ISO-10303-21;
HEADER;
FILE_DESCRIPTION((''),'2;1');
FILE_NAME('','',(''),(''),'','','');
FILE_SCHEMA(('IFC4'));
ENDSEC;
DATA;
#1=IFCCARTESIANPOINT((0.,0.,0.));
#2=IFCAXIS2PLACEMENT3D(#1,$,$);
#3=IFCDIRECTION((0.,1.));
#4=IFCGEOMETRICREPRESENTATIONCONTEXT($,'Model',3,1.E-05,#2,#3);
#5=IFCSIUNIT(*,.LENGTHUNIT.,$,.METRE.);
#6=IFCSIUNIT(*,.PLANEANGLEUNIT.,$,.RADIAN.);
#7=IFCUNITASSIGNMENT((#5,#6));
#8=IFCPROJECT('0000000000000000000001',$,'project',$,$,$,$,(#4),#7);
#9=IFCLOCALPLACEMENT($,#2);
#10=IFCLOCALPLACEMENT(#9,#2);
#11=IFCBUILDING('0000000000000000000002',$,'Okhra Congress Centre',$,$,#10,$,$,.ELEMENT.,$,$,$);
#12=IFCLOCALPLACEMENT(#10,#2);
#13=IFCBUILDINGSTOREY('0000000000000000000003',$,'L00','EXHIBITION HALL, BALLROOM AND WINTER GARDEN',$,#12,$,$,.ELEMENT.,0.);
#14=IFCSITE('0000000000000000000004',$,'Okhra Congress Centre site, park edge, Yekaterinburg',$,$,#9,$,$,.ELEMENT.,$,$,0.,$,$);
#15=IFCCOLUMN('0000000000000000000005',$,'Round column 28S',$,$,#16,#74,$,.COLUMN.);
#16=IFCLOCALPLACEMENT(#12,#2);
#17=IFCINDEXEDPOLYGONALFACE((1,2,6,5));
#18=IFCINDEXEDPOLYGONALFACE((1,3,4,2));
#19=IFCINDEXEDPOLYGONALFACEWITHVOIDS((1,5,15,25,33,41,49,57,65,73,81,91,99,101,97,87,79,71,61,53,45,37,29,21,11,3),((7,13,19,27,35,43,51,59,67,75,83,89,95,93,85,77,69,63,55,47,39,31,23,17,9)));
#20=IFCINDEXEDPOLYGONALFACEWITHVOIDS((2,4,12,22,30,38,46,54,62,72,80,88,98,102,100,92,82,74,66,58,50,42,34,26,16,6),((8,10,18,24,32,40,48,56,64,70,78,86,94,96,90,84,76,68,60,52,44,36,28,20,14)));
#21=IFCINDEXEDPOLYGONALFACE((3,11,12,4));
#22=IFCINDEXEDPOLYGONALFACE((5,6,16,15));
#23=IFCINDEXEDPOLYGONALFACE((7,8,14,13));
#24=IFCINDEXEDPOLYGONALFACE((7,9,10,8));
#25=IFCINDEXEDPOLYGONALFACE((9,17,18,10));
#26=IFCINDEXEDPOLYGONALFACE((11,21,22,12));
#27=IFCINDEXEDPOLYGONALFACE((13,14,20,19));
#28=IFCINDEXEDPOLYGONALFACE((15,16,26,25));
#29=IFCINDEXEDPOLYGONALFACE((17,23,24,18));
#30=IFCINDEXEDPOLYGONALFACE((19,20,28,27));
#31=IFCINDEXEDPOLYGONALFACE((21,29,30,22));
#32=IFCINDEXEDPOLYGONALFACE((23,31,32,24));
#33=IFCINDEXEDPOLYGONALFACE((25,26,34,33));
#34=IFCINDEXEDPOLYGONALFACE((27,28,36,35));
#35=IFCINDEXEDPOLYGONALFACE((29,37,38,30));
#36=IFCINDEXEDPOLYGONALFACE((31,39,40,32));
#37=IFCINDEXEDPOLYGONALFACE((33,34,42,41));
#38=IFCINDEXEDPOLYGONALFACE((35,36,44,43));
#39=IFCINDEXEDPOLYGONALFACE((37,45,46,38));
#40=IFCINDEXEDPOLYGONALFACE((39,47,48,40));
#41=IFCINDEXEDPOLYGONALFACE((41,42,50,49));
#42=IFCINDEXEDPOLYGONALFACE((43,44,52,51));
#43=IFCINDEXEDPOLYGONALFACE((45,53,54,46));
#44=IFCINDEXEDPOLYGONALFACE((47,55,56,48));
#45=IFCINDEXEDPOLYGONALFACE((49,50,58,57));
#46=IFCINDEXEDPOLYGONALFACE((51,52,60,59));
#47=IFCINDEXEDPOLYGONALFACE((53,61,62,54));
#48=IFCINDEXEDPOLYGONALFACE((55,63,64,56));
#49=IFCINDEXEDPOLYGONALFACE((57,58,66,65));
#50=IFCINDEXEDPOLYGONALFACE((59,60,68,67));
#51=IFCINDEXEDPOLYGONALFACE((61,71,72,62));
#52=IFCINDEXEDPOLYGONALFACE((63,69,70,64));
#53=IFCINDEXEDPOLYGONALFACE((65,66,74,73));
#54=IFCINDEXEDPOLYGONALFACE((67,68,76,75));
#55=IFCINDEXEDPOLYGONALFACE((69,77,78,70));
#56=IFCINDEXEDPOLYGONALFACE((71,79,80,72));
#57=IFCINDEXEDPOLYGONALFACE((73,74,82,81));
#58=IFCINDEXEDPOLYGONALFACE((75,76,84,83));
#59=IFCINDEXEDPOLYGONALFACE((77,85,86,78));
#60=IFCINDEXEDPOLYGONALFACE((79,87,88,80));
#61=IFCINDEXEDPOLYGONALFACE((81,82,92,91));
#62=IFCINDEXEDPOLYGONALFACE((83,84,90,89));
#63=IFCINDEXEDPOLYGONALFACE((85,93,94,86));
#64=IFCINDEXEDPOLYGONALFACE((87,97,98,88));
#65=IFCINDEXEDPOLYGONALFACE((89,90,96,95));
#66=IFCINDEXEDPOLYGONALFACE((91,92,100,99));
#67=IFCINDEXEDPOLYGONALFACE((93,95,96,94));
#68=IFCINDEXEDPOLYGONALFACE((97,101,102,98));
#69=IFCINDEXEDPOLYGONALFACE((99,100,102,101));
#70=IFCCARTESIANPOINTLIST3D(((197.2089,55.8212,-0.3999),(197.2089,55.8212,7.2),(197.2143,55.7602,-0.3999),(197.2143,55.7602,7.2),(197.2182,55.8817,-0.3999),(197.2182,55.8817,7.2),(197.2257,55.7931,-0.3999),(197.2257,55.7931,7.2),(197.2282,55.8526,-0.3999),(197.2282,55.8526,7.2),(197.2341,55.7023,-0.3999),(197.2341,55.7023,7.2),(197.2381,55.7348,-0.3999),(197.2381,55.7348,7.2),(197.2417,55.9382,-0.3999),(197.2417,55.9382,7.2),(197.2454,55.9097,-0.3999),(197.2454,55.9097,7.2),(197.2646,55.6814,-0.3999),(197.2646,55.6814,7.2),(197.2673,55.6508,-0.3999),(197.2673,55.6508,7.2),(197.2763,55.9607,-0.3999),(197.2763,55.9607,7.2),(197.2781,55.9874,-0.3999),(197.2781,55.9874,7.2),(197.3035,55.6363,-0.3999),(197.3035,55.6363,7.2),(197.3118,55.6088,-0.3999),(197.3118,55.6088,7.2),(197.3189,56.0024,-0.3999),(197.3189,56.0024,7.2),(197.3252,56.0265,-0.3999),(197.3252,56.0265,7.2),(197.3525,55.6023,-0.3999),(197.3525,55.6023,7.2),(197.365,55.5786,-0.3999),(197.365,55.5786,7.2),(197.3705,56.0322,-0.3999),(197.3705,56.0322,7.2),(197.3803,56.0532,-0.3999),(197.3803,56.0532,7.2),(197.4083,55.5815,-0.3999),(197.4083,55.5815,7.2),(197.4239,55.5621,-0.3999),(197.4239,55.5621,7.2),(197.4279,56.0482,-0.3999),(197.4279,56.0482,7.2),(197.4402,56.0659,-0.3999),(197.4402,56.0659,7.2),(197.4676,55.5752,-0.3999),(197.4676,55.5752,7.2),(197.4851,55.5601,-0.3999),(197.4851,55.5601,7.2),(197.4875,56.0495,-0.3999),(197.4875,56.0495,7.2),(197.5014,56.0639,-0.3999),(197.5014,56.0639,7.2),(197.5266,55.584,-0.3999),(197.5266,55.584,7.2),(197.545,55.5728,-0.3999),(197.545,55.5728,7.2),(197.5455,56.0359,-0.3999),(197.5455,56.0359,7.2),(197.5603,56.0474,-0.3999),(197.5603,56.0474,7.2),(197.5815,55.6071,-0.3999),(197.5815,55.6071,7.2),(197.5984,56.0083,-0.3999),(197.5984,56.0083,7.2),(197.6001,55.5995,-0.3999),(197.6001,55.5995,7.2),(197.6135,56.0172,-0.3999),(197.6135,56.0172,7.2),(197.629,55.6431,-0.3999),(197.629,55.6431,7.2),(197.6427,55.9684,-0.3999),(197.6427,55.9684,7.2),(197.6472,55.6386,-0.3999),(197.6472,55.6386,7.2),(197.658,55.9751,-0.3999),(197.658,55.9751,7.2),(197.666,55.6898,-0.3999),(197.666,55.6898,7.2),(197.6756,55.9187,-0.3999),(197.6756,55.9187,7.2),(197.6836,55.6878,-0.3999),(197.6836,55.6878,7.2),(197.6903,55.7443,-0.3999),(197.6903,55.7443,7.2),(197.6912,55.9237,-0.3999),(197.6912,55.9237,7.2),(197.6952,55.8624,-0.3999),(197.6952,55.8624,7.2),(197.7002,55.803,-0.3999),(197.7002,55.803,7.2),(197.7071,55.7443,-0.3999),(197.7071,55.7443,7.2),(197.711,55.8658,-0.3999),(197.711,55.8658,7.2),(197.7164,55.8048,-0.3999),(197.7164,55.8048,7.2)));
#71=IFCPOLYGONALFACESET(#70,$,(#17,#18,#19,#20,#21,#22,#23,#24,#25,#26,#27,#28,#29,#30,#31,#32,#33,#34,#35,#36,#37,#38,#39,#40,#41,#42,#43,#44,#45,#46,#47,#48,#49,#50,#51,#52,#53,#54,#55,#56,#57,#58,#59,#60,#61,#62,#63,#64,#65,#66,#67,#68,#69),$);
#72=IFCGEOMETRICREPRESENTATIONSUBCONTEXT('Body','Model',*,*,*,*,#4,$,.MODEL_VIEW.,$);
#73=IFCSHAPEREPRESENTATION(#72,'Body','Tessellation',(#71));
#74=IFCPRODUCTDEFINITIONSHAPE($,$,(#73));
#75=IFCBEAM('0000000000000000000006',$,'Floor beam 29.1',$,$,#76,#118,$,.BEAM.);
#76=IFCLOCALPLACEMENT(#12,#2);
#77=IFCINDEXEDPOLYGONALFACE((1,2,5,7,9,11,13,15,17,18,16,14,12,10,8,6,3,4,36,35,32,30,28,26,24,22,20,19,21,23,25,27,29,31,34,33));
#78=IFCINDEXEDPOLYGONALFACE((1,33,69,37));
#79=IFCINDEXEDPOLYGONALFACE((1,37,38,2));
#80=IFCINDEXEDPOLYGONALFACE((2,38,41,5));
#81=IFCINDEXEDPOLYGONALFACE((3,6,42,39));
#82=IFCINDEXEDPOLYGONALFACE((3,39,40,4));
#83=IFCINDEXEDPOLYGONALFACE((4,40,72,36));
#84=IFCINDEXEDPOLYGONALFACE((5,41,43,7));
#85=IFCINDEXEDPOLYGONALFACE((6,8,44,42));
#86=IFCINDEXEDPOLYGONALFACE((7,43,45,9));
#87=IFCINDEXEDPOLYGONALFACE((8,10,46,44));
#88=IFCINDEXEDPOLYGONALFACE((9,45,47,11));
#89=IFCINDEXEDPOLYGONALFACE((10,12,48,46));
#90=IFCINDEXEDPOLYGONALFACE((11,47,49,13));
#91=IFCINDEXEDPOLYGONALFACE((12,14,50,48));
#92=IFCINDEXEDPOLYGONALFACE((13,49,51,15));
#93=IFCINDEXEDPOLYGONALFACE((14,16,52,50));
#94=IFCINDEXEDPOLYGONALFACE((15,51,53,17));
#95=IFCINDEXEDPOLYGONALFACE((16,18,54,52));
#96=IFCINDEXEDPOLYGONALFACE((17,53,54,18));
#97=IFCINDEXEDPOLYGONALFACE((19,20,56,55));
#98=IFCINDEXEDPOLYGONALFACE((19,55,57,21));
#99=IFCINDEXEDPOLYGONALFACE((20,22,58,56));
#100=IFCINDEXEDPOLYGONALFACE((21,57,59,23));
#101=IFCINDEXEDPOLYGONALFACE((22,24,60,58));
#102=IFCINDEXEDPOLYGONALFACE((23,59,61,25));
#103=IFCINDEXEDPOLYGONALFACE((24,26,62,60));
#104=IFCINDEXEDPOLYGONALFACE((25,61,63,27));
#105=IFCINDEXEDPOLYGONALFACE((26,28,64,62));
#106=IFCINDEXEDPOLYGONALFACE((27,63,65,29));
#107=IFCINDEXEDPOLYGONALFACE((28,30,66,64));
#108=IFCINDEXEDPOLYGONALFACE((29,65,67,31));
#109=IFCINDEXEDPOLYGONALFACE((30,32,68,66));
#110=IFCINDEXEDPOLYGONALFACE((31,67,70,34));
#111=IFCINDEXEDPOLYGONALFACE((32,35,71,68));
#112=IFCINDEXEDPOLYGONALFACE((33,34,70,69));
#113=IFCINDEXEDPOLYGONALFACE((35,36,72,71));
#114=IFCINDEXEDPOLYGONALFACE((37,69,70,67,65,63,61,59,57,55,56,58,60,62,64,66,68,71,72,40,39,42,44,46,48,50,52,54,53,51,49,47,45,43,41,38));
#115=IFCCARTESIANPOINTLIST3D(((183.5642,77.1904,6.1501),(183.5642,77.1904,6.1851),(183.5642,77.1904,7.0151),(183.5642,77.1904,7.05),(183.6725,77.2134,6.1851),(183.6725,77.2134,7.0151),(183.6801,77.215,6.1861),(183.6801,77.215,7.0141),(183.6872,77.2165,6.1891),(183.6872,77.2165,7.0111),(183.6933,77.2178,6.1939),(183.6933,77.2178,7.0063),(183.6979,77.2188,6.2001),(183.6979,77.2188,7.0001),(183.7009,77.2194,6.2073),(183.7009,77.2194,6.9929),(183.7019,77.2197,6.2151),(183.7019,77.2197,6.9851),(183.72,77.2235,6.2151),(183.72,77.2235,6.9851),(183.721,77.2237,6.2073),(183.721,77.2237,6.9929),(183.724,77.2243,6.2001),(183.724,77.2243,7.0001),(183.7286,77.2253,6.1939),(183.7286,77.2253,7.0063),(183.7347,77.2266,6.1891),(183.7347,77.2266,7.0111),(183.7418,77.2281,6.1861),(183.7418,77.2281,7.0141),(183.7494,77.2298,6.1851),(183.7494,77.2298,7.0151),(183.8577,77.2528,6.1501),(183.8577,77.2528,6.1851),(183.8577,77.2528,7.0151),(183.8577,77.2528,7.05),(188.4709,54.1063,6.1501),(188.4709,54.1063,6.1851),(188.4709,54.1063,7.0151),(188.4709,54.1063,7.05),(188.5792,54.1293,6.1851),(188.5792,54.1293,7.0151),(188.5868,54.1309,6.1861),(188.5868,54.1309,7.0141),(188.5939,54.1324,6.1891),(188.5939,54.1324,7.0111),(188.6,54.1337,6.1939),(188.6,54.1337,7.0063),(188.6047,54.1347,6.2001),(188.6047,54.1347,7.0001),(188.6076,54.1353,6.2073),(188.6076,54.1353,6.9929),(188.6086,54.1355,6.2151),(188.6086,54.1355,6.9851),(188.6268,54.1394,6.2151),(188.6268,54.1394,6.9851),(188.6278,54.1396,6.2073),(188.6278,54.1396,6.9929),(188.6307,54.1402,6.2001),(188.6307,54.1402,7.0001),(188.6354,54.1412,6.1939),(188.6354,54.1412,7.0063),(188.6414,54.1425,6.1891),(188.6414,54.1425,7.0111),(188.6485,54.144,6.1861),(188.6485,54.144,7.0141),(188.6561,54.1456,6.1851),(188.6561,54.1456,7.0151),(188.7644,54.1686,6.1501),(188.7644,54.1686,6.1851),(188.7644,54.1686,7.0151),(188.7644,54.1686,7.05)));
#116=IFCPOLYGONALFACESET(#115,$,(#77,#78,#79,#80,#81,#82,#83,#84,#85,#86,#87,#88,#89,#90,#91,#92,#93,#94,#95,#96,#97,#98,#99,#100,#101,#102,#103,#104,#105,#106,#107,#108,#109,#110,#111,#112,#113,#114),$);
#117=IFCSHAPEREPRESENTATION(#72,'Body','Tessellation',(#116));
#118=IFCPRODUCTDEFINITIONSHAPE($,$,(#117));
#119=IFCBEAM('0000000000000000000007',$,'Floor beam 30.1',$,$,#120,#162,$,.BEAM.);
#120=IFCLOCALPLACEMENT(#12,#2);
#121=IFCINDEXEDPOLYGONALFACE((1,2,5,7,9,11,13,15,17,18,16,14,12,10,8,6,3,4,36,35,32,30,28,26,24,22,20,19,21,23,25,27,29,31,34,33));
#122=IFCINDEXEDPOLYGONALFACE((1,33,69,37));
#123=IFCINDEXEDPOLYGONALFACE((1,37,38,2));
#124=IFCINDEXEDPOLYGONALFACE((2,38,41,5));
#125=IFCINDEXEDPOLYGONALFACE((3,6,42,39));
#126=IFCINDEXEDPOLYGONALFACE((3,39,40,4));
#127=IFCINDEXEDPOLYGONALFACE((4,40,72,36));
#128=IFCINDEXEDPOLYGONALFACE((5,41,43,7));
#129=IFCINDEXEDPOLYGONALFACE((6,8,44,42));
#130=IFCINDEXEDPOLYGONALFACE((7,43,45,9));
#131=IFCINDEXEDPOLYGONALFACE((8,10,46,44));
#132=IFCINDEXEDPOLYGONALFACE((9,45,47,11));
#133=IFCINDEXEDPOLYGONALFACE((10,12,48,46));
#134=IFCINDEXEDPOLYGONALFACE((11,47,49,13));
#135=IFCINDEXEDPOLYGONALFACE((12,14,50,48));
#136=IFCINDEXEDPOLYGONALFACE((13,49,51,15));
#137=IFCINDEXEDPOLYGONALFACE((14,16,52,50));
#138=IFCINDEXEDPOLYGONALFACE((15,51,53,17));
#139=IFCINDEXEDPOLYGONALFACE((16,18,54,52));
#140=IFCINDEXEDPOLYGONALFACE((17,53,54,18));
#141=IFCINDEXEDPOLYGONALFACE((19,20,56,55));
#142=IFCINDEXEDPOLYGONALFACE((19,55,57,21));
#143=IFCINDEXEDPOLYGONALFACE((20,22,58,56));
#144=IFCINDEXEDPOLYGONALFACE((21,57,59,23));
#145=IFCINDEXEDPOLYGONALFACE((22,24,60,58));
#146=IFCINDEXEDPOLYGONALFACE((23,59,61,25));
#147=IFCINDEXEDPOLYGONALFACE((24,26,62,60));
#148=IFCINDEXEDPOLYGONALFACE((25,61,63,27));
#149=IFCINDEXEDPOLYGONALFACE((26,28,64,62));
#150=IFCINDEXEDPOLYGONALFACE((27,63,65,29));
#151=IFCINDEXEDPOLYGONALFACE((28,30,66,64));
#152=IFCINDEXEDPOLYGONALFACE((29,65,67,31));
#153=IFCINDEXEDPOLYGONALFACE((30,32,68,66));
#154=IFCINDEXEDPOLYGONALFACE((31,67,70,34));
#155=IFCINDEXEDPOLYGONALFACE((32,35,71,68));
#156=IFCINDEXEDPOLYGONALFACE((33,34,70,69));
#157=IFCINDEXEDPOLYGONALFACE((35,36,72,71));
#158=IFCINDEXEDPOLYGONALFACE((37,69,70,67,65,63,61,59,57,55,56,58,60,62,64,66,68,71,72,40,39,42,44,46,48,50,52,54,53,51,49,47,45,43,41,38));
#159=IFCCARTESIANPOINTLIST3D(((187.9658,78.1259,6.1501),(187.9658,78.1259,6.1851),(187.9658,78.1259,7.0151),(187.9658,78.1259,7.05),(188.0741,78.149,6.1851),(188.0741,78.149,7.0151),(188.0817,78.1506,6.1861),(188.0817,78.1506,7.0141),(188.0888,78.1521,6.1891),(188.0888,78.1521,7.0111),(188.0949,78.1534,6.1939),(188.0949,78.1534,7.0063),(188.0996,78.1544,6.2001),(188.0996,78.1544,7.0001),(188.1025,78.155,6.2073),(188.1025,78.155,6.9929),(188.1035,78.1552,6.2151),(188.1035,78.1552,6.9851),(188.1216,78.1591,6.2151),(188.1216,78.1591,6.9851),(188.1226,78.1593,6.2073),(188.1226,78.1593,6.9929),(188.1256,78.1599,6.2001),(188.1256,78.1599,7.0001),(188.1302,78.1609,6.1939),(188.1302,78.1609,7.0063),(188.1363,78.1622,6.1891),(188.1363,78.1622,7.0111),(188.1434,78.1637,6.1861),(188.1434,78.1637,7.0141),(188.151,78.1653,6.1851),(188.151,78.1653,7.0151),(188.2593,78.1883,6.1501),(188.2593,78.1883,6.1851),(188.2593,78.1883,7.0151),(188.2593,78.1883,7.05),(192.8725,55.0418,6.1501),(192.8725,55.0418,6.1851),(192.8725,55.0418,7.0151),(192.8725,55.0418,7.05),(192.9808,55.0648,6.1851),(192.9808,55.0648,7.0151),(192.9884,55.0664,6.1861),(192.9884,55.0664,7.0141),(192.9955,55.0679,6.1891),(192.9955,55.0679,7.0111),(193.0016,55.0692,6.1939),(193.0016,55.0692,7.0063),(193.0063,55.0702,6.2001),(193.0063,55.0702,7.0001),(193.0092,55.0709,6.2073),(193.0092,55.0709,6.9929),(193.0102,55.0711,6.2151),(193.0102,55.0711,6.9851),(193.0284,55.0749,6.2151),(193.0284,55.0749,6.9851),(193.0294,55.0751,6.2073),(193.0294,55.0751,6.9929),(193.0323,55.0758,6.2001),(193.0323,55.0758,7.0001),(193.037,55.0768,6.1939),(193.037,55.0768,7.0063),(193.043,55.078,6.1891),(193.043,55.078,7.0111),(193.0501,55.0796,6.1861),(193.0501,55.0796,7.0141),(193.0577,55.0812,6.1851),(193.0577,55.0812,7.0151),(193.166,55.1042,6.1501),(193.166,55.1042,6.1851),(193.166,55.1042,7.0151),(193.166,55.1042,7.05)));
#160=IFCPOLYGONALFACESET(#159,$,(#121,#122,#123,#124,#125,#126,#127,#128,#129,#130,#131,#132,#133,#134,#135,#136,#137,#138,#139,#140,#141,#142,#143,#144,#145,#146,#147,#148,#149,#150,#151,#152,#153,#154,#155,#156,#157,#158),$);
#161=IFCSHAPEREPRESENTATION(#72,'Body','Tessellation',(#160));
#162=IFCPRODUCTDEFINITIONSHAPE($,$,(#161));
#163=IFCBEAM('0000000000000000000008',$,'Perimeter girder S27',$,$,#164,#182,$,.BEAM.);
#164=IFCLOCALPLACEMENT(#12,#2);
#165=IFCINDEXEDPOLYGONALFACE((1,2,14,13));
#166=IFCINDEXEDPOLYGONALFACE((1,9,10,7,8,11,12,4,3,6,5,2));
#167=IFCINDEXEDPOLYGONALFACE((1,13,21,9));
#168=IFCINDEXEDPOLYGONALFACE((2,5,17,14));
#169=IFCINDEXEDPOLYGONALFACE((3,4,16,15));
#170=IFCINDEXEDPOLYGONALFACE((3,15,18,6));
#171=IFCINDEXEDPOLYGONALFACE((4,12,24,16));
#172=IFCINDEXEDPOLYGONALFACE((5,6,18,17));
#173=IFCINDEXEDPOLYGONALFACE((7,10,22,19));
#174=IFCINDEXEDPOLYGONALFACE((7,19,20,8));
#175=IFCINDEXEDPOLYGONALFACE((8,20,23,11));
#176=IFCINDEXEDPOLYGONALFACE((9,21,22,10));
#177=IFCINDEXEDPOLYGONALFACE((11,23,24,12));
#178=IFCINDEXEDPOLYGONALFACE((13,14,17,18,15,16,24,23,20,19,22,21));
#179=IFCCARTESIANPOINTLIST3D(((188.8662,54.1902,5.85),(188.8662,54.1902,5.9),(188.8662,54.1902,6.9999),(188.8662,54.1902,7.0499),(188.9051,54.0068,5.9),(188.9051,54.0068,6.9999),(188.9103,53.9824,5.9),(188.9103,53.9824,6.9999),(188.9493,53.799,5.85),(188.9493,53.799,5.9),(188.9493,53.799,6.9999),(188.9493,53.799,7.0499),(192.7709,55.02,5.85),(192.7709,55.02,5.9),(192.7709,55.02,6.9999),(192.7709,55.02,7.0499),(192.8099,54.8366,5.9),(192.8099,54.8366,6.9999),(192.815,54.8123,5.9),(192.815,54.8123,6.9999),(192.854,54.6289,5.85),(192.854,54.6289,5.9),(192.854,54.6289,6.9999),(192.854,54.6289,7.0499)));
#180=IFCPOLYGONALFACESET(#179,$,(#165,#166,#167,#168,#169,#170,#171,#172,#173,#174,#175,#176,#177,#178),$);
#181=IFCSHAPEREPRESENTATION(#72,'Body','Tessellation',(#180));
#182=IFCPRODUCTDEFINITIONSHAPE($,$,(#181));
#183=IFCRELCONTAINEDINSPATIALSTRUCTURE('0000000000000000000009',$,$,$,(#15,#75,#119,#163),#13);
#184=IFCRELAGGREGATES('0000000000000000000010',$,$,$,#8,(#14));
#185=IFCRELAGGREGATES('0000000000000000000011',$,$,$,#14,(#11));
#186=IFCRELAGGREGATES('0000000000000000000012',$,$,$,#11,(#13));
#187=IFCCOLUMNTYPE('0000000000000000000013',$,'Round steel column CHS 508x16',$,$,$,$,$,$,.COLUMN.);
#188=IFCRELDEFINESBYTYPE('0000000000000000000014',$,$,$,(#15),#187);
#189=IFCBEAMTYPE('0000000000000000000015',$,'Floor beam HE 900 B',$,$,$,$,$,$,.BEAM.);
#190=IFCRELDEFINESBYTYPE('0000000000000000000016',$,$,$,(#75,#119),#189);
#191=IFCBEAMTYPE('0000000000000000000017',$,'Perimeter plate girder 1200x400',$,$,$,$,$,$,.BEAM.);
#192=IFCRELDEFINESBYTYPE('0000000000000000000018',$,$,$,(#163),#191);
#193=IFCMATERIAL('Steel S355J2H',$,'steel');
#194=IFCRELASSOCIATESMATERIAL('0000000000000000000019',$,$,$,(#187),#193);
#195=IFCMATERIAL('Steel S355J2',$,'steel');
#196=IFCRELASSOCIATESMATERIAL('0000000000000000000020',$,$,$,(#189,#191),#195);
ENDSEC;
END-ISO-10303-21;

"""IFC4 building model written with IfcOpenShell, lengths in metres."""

from ifc_helpers import new_model, si_unit, direction, frame, origin, origin_2d, place, context, subcontext, project, spatial, hollow_circle, i_section, extrude, material, material_profile, profile_set, type_object, element, save


model = new_model("IFC4")

# Units and contexts
model_context = context("Model", 3, precision=1e-05, world=origin(), true_north=direction((0.0, 1.0)))
body_context = subcontext(model_context, "Body", "Model", "MODEL_VIEW")
ifc_project = project(units=[si_unit("LENGTHUNIT", "METRE"), si_unit("PLANEANGLEUNIT", "RADIAN")], contexts=[model_context])

# Site, building, storey
site_placement = place(None, origin())
site = spatial("IfcSite", under=ifc_project, at=site_placement, Name="Okhra Congress Centre site, park edge, Yekaterinburg", CompositionType="ELEMENT", RefElevation=0.0)
building_placement = place(site_placement, origin())
building = spatial("IfcBuilding", under=site, at=building_placement, Name="Okhra Congress Centre", CompositionType="ELEMENT")
storey_placement = place(building_placement, origin())
storey = spatial("IfcBuildingStorey", under=building, at=storey_placement, Name="L00", Description="EXHIBITION HALL, BALLROOM AND WINTER GARDEN", CompositionType="ELEMENT", Elevation=0.0)

# Column
ifc_material_1 = material(Name="Steel S355J2H", Category="steel")
ifc_material_profile_1 = material_profile(ifc_material_1, hollow_circle(Radius=0.2539, WallThickness=0.0161, at=origin_2d()), Name="CHS 508x16")
ifc_profile_set_1 = profile_set([ifc_material_profile_1], Name="Steel S355J2H")
column_type = type_object("IfcColumnType", Name="Round steel column CHS 508x16", PredefinedType="COLUMN", material=ifc_profile_set_1)
for number, where, z_axis, x_axis, name in (
    (1, (197.4626, 55.813, -0.3999), (0.0, 0.0, 1.0), (0.978148, 0.207912, 0.0), "Round column 28S"),
):
    element("IfcColumn", number, at=place(storey_placement, frame(where, z_axis=z_axis, x_axis=x_axis)), inside=storey, type_object=column_type, Name=name, PredefinedType="COLUMN", context=body_context, shape_type="SweptSolid", body=[
        extrude(hollow_circle(Radius=0.2539, WallThickness=0.0161, at=origin_2d()), origin(), (0.0, 0.0, 1.0), 7.5999),
    ])

# Beams
ifc_material_2 = material(Name="Steel S355J2", Category="steel")
ifc_material_profile_2 = material_profile(ifc_material_2, i_section(OverallWidth=0.3, OverallDepth=0.8999, WebThickness=0.0186, FlangeThickness=0.0349, FilletRadius=0.03, at=origin_2d()), Name="HE 900 B")
ifc_profile_set_2 = profile_set([ifc_material_profile_2], Name="Steel S355J2")
beam_type_1 = type_object("IfcBeamType", Name="Floor beam HE 900 B", PredefinedType="BEAM", material=ifc_profile_set_2)
for number, where, z_axis, x_axis, name in (
    (2, (188.6177, 54.1375, 6.6001), (-0.207913, 0.978147, 0.0), (-0.978147, -0.207913, 0.0), "Floor beam 29.1"),
    (3, (193.0193, 55.073, 6.6001), (-0.207913, 0.978147, 0.0), (-0.978147, -0.207913, 0.0), "Floor beam 30.1"),
):
    element("IfcBeam", number, at=place(storey_placement, frame(where, z_axis=z_axis, x_axis=x_axis)), inside=storey, type_object=beam_type_1, Name=name, PredefinedType="BEAM", context=body_context, shape_type="SweptSolid", body=[
        extrude(i_section(OverallWidth=0.3, OverallDepth=0.8999, WebThickness=0.0186, FlangeThickness=0.0349, FilletRadius=0.03, at=origin_2d()), origin(), (0.0, 0.0, 1.0), 23.5999),
    ])
ifc_material_profile_3 = material_profile(ifc_material_2, i_section(OverallWidth=0.3999, OverallDepth=1.2, WebThickness=0.0249, FlangeThickness=0.05, at=origin_2d()), Name="Plate girder 1200x400")
ifc_profile_set_3 = profile_set([ifc_material_profile_3], Name="Steel S355J2")
beam_type_2 = type_object("IfcBeamType", Name="Perimeter plate girder 1200x400", PredefinedType="BEAM", material=ifc_profile_set_3)
for number, where, z_axis, x_axis, name in (
    (4, (188.9077, 53.9946, 6.45), (0.978155, 0.207875, 0.0), (-0.207875, 0.978155, 0.0), "Perimeter girder S27"),
):
    element("IfcBeam", number, at=place(storey_placement, frame(where, z_axis=z_axis, x_axis=x_axis)), inside=storey, type_object=beam_type_2, Name=name, PredefinedType="BEAM", context=body_context, shape_type="SweptSolid", body=[
        extrude(i_section(OverallWidth=0.3999, OverallDepth=1.2, WebThickness=0.0249, FlangeThickness=0.05, at=origin_2d()), origin(), (0.0, 0.0, 1.0), 3.9919),
    ])

save(model, "model.ifc")
